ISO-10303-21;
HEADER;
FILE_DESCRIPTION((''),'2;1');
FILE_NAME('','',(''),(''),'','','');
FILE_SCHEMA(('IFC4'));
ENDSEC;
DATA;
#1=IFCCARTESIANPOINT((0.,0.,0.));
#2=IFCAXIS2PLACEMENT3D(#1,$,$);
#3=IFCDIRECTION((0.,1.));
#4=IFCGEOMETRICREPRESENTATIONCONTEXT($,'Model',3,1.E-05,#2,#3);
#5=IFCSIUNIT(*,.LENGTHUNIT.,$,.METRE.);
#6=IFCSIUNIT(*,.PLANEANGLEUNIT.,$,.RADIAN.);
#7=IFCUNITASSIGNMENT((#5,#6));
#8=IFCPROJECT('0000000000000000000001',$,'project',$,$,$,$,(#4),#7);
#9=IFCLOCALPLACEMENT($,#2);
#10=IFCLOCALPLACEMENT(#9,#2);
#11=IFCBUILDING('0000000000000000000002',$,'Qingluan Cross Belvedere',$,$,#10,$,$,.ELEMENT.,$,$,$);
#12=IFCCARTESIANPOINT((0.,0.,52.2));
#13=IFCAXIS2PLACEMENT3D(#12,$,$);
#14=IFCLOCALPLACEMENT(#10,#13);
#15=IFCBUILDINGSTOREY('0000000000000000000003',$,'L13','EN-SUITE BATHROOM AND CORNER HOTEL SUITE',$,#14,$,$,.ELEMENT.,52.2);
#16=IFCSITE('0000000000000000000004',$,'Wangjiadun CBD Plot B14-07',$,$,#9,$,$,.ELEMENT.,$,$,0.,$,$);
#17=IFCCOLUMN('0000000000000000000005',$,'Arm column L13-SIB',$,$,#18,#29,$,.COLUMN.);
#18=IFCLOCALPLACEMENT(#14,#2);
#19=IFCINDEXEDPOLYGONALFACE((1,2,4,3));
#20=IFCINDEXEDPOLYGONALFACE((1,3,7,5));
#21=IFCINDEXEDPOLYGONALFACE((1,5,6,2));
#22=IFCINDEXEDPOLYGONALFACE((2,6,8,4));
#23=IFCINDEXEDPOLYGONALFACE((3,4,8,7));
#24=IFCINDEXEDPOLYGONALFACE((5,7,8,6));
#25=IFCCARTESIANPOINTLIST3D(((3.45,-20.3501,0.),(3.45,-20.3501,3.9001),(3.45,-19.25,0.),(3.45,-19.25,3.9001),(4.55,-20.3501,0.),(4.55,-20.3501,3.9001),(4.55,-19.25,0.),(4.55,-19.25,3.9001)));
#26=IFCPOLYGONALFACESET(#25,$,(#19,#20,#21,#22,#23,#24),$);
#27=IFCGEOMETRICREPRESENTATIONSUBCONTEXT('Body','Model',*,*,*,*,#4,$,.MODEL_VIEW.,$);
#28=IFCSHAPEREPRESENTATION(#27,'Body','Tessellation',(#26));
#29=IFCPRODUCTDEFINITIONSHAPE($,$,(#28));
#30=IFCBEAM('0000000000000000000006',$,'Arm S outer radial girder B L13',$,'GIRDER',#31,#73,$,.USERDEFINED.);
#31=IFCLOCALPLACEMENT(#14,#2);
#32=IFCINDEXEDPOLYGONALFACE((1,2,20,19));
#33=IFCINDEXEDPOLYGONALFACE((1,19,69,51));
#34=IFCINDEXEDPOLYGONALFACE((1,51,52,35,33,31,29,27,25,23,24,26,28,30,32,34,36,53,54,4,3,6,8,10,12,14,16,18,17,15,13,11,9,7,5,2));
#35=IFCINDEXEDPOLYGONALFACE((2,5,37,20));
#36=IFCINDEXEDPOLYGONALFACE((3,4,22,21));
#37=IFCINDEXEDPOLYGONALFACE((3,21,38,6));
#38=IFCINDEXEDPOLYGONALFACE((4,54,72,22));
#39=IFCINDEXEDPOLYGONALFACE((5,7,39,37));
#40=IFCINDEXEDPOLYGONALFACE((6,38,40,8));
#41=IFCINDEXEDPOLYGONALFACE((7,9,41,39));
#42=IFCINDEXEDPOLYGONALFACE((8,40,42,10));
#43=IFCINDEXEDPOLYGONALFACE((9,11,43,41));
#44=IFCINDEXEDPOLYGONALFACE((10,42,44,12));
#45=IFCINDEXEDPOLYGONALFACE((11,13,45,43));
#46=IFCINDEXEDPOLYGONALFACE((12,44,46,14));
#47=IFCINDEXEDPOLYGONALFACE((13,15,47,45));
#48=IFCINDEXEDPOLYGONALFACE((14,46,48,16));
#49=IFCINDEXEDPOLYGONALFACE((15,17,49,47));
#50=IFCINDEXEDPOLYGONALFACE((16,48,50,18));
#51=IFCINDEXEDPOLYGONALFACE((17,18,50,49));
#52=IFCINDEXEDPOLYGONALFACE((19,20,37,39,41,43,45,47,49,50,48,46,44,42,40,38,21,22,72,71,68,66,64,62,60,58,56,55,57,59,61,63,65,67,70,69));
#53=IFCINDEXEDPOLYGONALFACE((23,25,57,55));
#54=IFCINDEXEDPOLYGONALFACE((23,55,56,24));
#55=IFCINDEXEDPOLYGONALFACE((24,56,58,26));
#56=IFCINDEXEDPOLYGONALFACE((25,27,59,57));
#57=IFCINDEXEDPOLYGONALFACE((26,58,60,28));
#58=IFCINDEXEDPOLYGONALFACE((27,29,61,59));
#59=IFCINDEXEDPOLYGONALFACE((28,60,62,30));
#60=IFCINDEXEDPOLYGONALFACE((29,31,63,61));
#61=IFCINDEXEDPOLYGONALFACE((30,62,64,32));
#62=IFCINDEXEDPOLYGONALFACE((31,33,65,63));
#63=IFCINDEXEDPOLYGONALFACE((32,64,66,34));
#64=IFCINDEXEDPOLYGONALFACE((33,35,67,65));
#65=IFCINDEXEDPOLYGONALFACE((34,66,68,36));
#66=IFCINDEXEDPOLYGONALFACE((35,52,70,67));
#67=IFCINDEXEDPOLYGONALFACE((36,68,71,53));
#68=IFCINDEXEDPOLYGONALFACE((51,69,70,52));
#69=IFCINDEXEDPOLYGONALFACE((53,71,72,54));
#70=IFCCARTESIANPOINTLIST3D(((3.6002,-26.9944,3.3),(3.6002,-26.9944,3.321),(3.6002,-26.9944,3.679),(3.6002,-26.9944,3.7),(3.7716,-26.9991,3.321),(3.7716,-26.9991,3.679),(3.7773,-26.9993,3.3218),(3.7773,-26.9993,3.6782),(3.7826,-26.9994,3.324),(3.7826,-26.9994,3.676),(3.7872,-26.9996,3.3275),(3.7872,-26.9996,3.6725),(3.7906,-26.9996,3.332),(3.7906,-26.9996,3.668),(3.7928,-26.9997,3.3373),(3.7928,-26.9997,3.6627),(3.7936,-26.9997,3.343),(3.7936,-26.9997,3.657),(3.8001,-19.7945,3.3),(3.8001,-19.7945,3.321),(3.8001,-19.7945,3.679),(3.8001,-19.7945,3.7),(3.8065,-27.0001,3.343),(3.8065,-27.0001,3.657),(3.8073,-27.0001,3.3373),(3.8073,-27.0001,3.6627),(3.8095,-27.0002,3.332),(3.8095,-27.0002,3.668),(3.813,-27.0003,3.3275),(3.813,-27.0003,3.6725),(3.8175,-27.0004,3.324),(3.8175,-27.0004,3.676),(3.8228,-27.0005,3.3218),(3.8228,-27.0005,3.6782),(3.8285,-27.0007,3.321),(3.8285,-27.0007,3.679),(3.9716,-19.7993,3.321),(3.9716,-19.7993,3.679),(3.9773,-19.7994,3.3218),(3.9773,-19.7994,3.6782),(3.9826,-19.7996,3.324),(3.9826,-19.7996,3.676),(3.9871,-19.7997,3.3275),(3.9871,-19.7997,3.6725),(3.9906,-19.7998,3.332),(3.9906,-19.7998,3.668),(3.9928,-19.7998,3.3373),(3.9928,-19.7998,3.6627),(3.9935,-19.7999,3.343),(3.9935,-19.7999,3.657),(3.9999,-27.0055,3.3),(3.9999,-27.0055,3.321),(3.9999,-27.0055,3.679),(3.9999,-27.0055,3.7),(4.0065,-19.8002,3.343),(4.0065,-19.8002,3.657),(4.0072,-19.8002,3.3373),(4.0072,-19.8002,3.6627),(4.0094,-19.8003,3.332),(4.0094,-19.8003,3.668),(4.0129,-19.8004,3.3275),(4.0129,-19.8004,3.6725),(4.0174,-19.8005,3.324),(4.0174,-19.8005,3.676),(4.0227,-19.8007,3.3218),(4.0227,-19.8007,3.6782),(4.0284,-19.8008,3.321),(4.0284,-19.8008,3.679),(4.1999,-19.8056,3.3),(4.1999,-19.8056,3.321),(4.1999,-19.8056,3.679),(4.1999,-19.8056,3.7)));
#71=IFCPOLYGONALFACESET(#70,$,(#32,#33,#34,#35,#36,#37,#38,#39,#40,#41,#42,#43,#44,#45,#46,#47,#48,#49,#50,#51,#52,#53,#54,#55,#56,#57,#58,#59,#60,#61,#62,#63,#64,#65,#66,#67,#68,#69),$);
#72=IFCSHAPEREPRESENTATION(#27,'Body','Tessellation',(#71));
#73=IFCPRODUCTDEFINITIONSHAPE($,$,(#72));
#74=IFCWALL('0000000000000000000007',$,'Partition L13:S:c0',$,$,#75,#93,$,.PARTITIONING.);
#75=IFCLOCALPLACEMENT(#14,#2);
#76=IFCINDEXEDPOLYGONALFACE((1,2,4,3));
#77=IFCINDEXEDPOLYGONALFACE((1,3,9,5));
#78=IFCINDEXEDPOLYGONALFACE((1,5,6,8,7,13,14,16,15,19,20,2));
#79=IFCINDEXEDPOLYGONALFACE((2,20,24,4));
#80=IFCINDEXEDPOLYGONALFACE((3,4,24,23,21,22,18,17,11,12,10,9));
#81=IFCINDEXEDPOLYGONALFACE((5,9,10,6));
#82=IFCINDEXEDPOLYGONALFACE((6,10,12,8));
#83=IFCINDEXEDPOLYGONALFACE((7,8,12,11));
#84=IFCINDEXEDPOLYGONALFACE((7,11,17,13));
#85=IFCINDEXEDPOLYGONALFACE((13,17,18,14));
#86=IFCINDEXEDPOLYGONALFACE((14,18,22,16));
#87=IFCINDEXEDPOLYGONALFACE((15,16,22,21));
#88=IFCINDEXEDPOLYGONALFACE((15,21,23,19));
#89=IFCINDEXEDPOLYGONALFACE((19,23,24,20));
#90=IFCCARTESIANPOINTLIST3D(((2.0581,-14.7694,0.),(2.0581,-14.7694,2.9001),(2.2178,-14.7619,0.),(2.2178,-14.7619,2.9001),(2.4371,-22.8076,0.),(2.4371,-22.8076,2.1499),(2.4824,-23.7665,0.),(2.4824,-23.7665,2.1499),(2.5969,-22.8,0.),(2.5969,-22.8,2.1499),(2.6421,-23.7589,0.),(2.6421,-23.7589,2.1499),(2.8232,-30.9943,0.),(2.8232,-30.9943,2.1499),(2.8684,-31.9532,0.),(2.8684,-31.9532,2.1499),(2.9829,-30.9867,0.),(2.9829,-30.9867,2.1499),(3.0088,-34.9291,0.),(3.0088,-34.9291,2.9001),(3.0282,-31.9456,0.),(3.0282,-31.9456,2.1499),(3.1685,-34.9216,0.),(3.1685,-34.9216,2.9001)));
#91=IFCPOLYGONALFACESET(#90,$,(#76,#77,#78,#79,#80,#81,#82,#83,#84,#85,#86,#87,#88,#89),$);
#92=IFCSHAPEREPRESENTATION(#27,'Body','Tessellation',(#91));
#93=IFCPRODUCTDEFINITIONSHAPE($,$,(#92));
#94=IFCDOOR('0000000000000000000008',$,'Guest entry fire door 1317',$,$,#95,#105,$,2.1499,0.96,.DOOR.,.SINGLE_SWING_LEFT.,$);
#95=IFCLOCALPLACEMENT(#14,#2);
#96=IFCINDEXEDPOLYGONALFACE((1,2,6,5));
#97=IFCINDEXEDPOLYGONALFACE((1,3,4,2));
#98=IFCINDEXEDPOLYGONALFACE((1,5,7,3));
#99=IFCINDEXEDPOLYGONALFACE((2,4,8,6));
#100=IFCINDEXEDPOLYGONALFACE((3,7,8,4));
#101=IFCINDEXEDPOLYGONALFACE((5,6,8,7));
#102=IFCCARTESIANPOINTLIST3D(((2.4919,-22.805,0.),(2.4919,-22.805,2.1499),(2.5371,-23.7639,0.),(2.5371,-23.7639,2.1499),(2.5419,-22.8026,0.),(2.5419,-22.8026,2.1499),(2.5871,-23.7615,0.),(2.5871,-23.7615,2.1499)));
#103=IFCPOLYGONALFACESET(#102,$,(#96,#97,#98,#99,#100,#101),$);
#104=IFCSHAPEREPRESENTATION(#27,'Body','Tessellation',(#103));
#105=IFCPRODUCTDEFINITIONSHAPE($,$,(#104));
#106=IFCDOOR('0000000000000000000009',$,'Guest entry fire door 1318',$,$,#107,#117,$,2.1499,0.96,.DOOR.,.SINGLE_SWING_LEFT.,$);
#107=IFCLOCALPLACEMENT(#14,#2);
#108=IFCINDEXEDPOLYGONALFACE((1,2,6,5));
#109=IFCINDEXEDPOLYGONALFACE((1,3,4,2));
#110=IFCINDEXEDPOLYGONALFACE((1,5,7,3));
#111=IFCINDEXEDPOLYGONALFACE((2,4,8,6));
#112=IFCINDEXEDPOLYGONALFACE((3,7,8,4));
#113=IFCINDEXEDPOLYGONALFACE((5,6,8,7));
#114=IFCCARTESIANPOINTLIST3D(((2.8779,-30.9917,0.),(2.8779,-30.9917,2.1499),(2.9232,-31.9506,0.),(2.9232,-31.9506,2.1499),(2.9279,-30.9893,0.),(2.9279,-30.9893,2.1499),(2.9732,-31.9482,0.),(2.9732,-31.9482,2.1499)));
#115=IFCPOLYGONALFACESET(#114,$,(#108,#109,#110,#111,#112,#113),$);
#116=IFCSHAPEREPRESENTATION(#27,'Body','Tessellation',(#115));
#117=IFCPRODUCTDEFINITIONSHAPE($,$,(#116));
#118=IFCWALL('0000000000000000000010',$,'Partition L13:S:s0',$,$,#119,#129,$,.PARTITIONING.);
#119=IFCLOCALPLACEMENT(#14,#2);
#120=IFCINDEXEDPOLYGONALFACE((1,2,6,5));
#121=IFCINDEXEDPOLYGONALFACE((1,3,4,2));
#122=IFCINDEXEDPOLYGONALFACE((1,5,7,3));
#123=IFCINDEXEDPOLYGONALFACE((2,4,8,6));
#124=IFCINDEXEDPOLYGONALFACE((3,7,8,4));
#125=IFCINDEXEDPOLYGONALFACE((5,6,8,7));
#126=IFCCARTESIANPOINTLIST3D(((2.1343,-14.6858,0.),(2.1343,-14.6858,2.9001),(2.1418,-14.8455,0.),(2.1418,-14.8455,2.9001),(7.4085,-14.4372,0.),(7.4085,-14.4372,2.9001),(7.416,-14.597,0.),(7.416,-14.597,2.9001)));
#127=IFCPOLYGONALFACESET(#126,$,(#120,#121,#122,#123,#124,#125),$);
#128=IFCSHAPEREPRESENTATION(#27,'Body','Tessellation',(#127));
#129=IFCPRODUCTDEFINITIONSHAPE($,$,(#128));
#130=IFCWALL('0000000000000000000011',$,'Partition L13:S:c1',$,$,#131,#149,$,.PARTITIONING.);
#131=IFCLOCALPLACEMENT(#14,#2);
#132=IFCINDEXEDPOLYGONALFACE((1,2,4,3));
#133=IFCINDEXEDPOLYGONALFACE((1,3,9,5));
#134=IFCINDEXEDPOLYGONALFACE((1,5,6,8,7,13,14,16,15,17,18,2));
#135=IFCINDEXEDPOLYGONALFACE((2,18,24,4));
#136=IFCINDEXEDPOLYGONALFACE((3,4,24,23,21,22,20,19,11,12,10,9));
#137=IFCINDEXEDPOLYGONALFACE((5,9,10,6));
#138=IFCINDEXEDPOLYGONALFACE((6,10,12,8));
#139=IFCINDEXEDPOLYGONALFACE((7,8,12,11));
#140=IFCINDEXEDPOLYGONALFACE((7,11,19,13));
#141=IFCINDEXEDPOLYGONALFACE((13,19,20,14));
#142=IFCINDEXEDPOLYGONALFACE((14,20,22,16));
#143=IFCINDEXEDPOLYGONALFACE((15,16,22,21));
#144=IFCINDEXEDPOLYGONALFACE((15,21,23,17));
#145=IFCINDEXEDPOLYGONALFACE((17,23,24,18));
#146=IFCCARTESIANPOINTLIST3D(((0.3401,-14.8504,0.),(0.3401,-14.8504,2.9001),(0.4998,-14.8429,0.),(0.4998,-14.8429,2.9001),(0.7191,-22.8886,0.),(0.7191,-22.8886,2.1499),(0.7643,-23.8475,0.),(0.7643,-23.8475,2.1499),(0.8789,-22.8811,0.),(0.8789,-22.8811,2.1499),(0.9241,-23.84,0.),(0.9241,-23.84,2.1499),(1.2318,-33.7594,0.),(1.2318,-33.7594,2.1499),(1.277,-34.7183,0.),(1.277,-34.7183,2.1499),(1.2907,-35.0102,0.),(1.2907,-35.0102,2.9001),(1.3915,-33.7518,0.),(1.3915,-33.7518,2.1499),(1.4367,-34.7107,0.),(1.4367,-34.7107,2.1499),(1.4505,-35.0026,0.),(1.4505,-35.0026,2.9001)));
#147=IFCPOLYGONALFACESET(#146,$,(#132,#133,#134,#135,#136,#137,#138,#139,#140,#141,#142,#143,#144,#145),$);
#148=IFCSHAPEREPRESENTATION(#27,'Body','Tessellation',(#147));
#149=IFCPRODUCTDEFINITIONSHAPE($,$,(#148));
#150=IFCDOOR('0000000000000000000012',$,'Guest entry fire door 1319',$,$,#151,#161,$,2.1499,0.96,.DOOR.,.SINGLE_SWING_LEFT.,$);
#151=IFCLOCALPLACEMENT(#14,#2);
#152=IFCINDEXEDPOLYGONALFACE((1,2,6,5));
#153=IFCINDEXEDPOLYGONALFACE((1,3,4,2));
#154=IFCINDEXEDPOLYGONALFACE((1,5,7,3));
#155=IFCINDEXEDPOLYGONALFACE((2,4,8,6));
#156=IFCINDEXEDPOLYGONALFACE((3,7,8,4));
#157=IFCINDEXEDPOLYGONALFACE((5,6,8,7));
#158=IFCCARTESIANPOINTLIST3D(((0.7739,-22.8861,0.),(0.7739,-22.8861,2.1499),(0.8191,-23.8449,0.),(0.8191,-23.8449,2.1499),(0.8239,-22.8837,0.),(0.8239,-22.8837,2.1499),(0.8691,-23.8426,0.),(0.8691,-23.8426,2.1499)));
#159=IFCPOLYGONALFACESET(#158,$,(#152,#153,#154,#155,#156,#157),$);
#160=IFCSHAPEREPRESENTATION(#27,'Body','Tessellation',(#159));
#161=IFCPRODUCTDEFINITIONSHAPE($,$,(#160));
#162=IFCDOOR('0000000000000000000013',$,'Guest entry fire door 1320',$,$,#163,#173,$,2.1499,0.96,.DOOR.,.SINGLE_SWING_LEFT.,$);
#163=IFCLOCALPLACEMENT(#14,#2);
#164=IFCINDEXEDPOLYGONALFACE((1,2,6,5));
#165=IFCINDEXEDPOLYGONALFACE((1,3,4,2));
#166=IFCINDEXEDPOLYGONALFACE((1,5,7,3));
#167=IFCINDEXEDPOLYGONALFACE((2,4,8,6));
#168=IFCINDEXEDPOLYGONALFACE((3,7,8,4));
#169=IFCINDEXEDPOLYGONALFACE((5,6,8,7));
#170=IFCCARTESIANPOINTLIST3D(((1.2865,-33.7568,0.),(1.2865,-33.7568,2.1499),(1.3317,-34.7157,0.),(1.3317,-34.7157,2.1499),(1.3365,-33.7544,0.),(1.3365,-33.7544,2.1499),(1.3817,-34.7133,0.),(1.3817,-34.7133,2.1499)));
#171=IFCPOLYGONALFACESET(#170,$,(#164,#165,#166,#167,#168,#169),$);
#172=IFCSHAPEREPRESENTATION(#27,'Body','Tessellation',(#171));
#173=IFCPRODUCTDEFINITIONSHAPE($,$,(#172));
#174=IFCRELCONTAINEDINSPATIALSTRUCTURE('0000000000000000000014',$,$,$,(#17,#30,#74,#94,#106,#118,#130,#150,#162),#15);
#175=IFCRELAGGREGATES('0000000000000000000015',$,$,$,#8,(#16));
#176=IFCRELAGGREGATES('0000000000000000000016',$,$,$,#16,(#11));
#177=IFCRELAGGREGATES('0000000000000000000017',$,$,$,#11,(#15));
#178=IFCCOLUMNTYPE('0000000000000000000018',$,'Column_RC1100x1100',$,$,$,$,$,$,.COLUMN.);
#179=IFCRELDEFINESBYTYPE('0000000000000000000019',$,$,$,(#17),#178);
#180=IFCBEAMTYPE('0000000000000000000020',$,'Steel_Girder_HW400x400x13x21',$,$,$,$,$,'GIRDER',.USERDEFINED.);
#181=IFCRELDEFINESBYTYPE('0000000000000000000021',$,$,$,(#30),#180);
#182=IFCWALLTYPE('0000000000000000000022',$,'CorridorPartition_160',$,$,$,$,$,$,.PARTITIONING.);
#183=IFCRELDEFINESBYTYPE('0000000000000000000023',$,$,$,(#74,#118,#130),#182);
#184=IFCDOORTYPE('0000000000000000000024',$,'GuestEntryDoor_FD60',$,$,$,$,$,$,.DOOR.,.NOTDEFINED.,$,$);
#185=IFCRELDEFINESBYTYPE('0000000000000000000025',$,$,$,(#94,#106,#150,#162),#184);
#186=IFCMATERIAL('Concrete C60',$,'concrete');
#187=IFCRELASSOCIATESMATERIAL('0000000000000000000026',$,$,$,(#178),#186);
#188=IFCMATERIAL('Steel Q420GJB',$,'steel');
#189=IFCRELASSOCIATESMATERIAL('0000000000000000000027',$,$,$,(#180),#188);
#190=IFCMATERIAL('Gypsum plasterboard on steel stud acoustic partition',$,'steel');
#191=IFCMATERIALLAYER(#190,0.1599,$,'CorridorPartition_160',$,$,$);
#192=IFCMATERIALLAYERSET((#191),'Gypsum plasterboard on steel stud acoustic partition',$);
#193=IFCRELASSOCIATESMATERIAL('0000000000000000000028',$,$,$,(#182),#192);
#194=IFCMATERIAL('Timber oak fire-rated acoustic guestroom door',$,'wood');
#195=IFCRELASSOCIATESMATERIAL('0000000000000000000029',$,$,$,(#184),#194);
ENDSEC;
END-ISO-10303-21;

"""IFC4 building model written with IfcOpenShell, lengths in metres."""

from ifc_helpers import new_model, si_unit, direction, frame, frame_2d, origin, origin_2d, place, context, subcontext, project, spatial, rectangle, i_section, extrude, material, layer, layer_set, material_profile, profile_set, type_object, element, fill, save


model = new_model("IFC4")

# Units and contexts
model_context = context("Model", 3, precision=1e-05, world=origin(), true_north=direction((0.0, 1.0)))
body_context = subcontext(model_context, "Body", "Model", "MODEL_VIEW")
ifc_project = project(units=[si_unit("LENGTHUNIT", "METRE"), si_unit("PLANEANGLEUNIT", "RADIAN")], contexts=[model_context])

# Site, building, storey
site_placement = place(None, origin())
site = spatial("IfcSite", under=ifc_project, at=site_placement, Name="Wangjiadun CBD Plot B14-07", CompositionType="ELEMENT", RefElevation=0.0)
building_placement = place(site_placement, origin())
building = spatial("IfcBuilding", under=site, at=building_placement, Name="Qingluan Cross Belvedere", CompositionType="ELEMENT")
storey_placement = place(building_placement, frame((0.0, 0.0, 52.2)))
storey = spatial("IfcBuildingStorey", under=building, at=storey_placement, Name="L13", Description="EN-SUITE BATHROOM AND CORNER HOTEL SUITE", CompositionType="ELEMENT", Elevation=52.2)

# Column
ifc_material_1 = material(Name="Concrete C60", Category="concrete")
ifc_material_profile_1 = material_profile(ifc_material_1, rectangle(XDim=1.1001, YDim=1.1001, at=origin_2d()), Name="RC1100x1100")
ifc_profile_set_1 = profile_set([ifc_material_profile_1], Name="Concrete C60")
column_type = type_object("IfcColumnType", Name="Column_RC1100x1100", PredefinedType="COLUMN", material=ifc_profile_set_1)
column_placement = place(storey_placement, frame((4.0, -19.8, 0.0), z_axis=(0.0, 0.0, 1.0), x_axis=(1.0, 0.0, 0.0)))
element("IfcColumn", 1, at=column_placement, inside=storey, type_object=column_type, Name="Arm column L13-SIB", PredefinedType="COLUMN", context=body_context, shape_type="SweptSolid", body=[
    extrude(rectangle(XDim=1.1001, YDim=1.1001, at=origin_2d()), origin(), (0.0, 0.0, 1.0), 3.9001),
])

# Beam
ifc_material_2 = material(Name="Steel Q420GJB", Category="steel")
ifc_material_profile_2 = material_profile(ifc_material_2, i_section(OverallWidth=0.3999, OverallDepth=0.3999, WebThickness=0.0129, FlangeThickness=0.021, FilletRadius=0.022, at=origin_2d()), Name="HW400x400x13x21")
ifc_profile_set_2 = profile_set([ifc_material_profile_2], Name="Steel Q420GJB")
beam_type = type_object("IfcBeamType", Name="Steel_Girder_HW400x400x13x21", ElementType="GIRDER", PredefinedType="USERDEFINED", material=ifc_profile_set_2)
beam_placement = place(storey_placement, frame((4.0, -19.8, 3.5), z_axis=(-0.02776, -0.999615, 0.0), x_axis=(0.999615, -0.02776, 0.0)))
element("IfcBeam", 2, at=beam_placement, inside=storey, type_object=beam_type, Name="Arm S outer radial girder B L13", ObjectType="GIRDER", PredefinedType="USERDEFINED", context=body_context, shape_type="SweptSolid", body=[
    extrude(i_section(OverallWidth=0.3999, OverallDepth=0.3999, WebThickness=0.0129, FlangeThickness=0.021, FilletRadius=0.022, at=origin_2d()), origin(), (0.0, 0.0, 1.0), 7.2026),
])

# Wall, openings, doors
ifc_material_3 = material(Name="Gypsum plasterboard on steel stud acoustic partition", Category="steel")
ifc_layer_1 = layer(ifc_material_3, 0.1599, Name="CorridorPartition_160")
ifc_layer_set_1 = layer_set([ifc_layer_1], Name="Gypsum plasterboard on steel stud acoustic partition")
wall_type_1 = type_object("IfcWallType", Name="CorridorPartition_160", PredefinedType="PARTITIONING", material=ifc_layer_set_1)
wall_1_placement = place(storey_placement, frame((2.1379, -14.7656, 0.0), z_axis=(0.0, 0.0, 1.0), x_axis=(0.047105, -0.99889, 0.0)))
wall_1 = element("IfcWall", 3, at=wall_1_placement, inside=storey, type_object=wall_type_1, Name="Partition L13:S:c0", PredefinedType="PARTITIONING", context=body_context, shape_type="SweptSolid", body=[
    extrude(rectangle(XDim=20.1821, YDim=0.1599, at=frame_2d((10.0911, 0.0))), origin(), (0.0, 0.0, 1.0), 2.9001),
])
opening_1_placement = place(wall_1_placement, frame((8.0471, 0.0, 0.0)))
opening_1 = element("IfcOpeningElement", 4, at=opening_1_placement, cuts=wall_1, PredefinedType="OPENING", context=body_context, shape_type="SweptSolid", body=[
    extrude(rectangle(XDim=0.96, YDim=2.1499, at=frame_2d((0.48, 1.075))), frame((0.0, 0.0898, 0.0), z_axis=(0.0, -1.0, 0.0), x_axis=(1.0, 0.0, 0.0)), (0.0, 0.0, 1.0), 0.1799),
])
opening_2_placement = place(wall_1_placement, frame((16.2429, 0.0, 0.0)))
opening_2 = element("IfcOpeningElement", 5, at=opening_2_placement, cuts=wall_1, PredefinedType="OPENING", context=body_context, shape_type="SweptSolid", body=[
    extrude(rectangle(XDim=0.96, YDim=2.1499, at=frame_2d((0.48, 1.075))), frame((0.0, 0.0898, 0.0), z_axis=(0.0, -1.0, 0.0), x_axis=(1.0, 0.0, 0.0)), (0.0, 0.0, 1.0), 0.1799),
])
ifc_material_4 = material(Name="Timber oak fire-rated acoustic guestroom door", Category="wood")
door_type_1 = type_object("IfcDoorType", Name="GuestEntryDoor_FD60", OperationType="NOTDEFINED", PredefinedType="DOOR", material=ifc_material_4)
door_1_placement = place(opening_1_placement, origin())
door_1 = element("IfcDoor", 6, at=door_1_placement, inside=storey, type_object=door_type_1, Name="Guest entry fire door 1317", OperationType="SINGLE_SWING_LEFT", OverallHeight=2.1499, OverallWidth=0.96, PredefinedType="DOOR", context=body_context, shape_type="SweptSolid", body=[
    extrude(rectangle(XDim=0.96, YDim=2.1499, at=frame_2d((0.48, 1.075))), frame((0.0, 0.0249, 0.0), z_axis=(0.0, -1.0, 0.0), x_axis=(1.0, 0.0, 0.0)), (0.0, 0.0, 1.0), 0.05),
])
fill(opening_1, door_1)
door_2_placement = place(opening_2_placement, origin())
door_2 = element("IfcDoor", 7, at=door_2_placement, inside=storey, type_object=door_type_1, Name="Guest entry fire door 1318", OperationType="SINGLE_SWING_LEFT", OverallHeight=2.1499, OverallWidth=0.96, PredefinedType="DOOR", context=body_context, shape_type="SweptSolid", body=[
    extrude(rectangle(XDim=0.96, YDim=2.1499, at=frame_2d((0.48, 1.075))), frame((0.0, 0.0249, 0.0), z_axis=(0.0, -1.0, 0.0), x_axis=(1.0, 0.0, 0.0)), (0.0, 0.0, 1.0), 0.05),
])
fill(opening_2, door_2)

# Wall
wall_2_placement = place(storey_placement, frame((2.1379, -14.7656, 0.0), z_axis=(0.0, 0.0, 1.0), x_axis=(0.998892, 0.047071, 0.0)))
element("IfcWall", 8, at=wall_2_placement, inside=storey, type_object=wall_type_1, Name="Partition L13:S:s0", PredefinedType="PARTITIONING", context=body_context, shape_type="SweptSolid", body=[
    extrude(rectangle(XDim=5.28, YDim=0.1599, at=frame_2d((2.6401, 0.0))), origin(), (0.0, 0.0, 1.0), 2.9001),
])

# Wall, openings, doors
wall_3_placement = place(storey_placement, frame((0.4199, -14.8467, 0.0), z_axis=(0.0, 0.0, 1.0), x_axis=(0.047105, -0.99889, 0.0)))
wall_3 = element("IfcWall", 9, at=wall_3_placement, inside=storey, type_object=wall_type_1, Name="Partition L13:S:c1", PredefinedType="PARTITIONING", context=body_context, shape_type="SweptSolid", body=[
    extrude(rectangle(XDim=20.1821, YDim=0.1599, at=frame_2d((10.0911, 0.0))), origin(), (0.0, 0.0, 1.0), 2.9001),
])
opening_3_placement = place(wall_3_placement, frame((8.0471, 0.0, 0.0)))
opening_3 = element("IfcOpeningElement", 10, at=opening_3_placement, cuts=wall_3, PredefinedType="OPENING", context=body_context, shape_type="SweptSolid", body=[
    extrude(rectangle(XDim=0.96, YDim=2.1499, at=frame_2d((0.48, 1.075))), frame((0.0, 0.0898, 0.0), z_axis=(0.0, -1.0, 0.0), x_axis=(1.0, 0.0, 0.0)), (0.0, 0.0, 1.0), 0.1799),
])
opening_4_placement = place(wall_3_placement, frame((18.9299, 0.0, 0.0)))
opening_4 = element("IfcOpeningElement", 11, at=opening_4_placement, cuts=wall_3, PredefinedType="OPENING", context=body_context, shape_type="SweptSolid", body=[
    extrude(rectangle(XDim=0.96, YDim=2.1499, at=frame_2d((0.48, 1.075))), frame((0.0, 0.0898, 0.0), z_axis=(0.0, -1.0, 0.0), x_axis=(1.0, 0.0, 0.0)), (0.0, 0.0, 1.0), 0.1799),
])
door_3_placement = place(opening_3_placement, origin())
door_3 = element("IfcDoor", 12, at=door_3_placement, inside=storey, type_object=door_type_1, Name="Guest entry fire door 1319", OperationType="SINGLE_SWING_LEFT", OverallHeight=2.1499, OverallWidth=0.96, PredefinedType="DOOR", context=body_context, shape_type="SweptSolid", body=[
    extrude(rectangle(XDim=0.96, YDim=2.1499, at=frame_2d((0.48, 1.075))), frame((0.0, 0.0249, 0.0), z_axis=(0.0, -1.0, 0.0), x_axis=(1.0, 0.0, 0.0)), (0.0, 0.0, 1.0), 0.05),
])
fill(opening_3, door_3)
door_4_placement = place(opening_4_placement, origin())
door_4 = element("IfcDoor", 13, at=door_4_placement, inside=storey, type_object=door_type_1, Name="Guest entry fire door 1320", OperationType="SINGLE_SWING_LEFT", OverallHeight=2.1499, OverallWidth=0.96, PredefinedType="DOOR", context=body_context, shape_type="SweptSolid", body=[
    extrude(rectangle(XDim=0.96, YDim=2.1499, at=frame_2d((0.48, 1.075))), frame((0.0, 0.0249, 0.0), z_axis=(0.0, -1.0, 0.0), x_axis=(1.0, 0.0, 0.0)), (0.0, 0.0, 1.0), 0.05),
])
fill(opening_4, door_4)

save(model, "model.ifc")
